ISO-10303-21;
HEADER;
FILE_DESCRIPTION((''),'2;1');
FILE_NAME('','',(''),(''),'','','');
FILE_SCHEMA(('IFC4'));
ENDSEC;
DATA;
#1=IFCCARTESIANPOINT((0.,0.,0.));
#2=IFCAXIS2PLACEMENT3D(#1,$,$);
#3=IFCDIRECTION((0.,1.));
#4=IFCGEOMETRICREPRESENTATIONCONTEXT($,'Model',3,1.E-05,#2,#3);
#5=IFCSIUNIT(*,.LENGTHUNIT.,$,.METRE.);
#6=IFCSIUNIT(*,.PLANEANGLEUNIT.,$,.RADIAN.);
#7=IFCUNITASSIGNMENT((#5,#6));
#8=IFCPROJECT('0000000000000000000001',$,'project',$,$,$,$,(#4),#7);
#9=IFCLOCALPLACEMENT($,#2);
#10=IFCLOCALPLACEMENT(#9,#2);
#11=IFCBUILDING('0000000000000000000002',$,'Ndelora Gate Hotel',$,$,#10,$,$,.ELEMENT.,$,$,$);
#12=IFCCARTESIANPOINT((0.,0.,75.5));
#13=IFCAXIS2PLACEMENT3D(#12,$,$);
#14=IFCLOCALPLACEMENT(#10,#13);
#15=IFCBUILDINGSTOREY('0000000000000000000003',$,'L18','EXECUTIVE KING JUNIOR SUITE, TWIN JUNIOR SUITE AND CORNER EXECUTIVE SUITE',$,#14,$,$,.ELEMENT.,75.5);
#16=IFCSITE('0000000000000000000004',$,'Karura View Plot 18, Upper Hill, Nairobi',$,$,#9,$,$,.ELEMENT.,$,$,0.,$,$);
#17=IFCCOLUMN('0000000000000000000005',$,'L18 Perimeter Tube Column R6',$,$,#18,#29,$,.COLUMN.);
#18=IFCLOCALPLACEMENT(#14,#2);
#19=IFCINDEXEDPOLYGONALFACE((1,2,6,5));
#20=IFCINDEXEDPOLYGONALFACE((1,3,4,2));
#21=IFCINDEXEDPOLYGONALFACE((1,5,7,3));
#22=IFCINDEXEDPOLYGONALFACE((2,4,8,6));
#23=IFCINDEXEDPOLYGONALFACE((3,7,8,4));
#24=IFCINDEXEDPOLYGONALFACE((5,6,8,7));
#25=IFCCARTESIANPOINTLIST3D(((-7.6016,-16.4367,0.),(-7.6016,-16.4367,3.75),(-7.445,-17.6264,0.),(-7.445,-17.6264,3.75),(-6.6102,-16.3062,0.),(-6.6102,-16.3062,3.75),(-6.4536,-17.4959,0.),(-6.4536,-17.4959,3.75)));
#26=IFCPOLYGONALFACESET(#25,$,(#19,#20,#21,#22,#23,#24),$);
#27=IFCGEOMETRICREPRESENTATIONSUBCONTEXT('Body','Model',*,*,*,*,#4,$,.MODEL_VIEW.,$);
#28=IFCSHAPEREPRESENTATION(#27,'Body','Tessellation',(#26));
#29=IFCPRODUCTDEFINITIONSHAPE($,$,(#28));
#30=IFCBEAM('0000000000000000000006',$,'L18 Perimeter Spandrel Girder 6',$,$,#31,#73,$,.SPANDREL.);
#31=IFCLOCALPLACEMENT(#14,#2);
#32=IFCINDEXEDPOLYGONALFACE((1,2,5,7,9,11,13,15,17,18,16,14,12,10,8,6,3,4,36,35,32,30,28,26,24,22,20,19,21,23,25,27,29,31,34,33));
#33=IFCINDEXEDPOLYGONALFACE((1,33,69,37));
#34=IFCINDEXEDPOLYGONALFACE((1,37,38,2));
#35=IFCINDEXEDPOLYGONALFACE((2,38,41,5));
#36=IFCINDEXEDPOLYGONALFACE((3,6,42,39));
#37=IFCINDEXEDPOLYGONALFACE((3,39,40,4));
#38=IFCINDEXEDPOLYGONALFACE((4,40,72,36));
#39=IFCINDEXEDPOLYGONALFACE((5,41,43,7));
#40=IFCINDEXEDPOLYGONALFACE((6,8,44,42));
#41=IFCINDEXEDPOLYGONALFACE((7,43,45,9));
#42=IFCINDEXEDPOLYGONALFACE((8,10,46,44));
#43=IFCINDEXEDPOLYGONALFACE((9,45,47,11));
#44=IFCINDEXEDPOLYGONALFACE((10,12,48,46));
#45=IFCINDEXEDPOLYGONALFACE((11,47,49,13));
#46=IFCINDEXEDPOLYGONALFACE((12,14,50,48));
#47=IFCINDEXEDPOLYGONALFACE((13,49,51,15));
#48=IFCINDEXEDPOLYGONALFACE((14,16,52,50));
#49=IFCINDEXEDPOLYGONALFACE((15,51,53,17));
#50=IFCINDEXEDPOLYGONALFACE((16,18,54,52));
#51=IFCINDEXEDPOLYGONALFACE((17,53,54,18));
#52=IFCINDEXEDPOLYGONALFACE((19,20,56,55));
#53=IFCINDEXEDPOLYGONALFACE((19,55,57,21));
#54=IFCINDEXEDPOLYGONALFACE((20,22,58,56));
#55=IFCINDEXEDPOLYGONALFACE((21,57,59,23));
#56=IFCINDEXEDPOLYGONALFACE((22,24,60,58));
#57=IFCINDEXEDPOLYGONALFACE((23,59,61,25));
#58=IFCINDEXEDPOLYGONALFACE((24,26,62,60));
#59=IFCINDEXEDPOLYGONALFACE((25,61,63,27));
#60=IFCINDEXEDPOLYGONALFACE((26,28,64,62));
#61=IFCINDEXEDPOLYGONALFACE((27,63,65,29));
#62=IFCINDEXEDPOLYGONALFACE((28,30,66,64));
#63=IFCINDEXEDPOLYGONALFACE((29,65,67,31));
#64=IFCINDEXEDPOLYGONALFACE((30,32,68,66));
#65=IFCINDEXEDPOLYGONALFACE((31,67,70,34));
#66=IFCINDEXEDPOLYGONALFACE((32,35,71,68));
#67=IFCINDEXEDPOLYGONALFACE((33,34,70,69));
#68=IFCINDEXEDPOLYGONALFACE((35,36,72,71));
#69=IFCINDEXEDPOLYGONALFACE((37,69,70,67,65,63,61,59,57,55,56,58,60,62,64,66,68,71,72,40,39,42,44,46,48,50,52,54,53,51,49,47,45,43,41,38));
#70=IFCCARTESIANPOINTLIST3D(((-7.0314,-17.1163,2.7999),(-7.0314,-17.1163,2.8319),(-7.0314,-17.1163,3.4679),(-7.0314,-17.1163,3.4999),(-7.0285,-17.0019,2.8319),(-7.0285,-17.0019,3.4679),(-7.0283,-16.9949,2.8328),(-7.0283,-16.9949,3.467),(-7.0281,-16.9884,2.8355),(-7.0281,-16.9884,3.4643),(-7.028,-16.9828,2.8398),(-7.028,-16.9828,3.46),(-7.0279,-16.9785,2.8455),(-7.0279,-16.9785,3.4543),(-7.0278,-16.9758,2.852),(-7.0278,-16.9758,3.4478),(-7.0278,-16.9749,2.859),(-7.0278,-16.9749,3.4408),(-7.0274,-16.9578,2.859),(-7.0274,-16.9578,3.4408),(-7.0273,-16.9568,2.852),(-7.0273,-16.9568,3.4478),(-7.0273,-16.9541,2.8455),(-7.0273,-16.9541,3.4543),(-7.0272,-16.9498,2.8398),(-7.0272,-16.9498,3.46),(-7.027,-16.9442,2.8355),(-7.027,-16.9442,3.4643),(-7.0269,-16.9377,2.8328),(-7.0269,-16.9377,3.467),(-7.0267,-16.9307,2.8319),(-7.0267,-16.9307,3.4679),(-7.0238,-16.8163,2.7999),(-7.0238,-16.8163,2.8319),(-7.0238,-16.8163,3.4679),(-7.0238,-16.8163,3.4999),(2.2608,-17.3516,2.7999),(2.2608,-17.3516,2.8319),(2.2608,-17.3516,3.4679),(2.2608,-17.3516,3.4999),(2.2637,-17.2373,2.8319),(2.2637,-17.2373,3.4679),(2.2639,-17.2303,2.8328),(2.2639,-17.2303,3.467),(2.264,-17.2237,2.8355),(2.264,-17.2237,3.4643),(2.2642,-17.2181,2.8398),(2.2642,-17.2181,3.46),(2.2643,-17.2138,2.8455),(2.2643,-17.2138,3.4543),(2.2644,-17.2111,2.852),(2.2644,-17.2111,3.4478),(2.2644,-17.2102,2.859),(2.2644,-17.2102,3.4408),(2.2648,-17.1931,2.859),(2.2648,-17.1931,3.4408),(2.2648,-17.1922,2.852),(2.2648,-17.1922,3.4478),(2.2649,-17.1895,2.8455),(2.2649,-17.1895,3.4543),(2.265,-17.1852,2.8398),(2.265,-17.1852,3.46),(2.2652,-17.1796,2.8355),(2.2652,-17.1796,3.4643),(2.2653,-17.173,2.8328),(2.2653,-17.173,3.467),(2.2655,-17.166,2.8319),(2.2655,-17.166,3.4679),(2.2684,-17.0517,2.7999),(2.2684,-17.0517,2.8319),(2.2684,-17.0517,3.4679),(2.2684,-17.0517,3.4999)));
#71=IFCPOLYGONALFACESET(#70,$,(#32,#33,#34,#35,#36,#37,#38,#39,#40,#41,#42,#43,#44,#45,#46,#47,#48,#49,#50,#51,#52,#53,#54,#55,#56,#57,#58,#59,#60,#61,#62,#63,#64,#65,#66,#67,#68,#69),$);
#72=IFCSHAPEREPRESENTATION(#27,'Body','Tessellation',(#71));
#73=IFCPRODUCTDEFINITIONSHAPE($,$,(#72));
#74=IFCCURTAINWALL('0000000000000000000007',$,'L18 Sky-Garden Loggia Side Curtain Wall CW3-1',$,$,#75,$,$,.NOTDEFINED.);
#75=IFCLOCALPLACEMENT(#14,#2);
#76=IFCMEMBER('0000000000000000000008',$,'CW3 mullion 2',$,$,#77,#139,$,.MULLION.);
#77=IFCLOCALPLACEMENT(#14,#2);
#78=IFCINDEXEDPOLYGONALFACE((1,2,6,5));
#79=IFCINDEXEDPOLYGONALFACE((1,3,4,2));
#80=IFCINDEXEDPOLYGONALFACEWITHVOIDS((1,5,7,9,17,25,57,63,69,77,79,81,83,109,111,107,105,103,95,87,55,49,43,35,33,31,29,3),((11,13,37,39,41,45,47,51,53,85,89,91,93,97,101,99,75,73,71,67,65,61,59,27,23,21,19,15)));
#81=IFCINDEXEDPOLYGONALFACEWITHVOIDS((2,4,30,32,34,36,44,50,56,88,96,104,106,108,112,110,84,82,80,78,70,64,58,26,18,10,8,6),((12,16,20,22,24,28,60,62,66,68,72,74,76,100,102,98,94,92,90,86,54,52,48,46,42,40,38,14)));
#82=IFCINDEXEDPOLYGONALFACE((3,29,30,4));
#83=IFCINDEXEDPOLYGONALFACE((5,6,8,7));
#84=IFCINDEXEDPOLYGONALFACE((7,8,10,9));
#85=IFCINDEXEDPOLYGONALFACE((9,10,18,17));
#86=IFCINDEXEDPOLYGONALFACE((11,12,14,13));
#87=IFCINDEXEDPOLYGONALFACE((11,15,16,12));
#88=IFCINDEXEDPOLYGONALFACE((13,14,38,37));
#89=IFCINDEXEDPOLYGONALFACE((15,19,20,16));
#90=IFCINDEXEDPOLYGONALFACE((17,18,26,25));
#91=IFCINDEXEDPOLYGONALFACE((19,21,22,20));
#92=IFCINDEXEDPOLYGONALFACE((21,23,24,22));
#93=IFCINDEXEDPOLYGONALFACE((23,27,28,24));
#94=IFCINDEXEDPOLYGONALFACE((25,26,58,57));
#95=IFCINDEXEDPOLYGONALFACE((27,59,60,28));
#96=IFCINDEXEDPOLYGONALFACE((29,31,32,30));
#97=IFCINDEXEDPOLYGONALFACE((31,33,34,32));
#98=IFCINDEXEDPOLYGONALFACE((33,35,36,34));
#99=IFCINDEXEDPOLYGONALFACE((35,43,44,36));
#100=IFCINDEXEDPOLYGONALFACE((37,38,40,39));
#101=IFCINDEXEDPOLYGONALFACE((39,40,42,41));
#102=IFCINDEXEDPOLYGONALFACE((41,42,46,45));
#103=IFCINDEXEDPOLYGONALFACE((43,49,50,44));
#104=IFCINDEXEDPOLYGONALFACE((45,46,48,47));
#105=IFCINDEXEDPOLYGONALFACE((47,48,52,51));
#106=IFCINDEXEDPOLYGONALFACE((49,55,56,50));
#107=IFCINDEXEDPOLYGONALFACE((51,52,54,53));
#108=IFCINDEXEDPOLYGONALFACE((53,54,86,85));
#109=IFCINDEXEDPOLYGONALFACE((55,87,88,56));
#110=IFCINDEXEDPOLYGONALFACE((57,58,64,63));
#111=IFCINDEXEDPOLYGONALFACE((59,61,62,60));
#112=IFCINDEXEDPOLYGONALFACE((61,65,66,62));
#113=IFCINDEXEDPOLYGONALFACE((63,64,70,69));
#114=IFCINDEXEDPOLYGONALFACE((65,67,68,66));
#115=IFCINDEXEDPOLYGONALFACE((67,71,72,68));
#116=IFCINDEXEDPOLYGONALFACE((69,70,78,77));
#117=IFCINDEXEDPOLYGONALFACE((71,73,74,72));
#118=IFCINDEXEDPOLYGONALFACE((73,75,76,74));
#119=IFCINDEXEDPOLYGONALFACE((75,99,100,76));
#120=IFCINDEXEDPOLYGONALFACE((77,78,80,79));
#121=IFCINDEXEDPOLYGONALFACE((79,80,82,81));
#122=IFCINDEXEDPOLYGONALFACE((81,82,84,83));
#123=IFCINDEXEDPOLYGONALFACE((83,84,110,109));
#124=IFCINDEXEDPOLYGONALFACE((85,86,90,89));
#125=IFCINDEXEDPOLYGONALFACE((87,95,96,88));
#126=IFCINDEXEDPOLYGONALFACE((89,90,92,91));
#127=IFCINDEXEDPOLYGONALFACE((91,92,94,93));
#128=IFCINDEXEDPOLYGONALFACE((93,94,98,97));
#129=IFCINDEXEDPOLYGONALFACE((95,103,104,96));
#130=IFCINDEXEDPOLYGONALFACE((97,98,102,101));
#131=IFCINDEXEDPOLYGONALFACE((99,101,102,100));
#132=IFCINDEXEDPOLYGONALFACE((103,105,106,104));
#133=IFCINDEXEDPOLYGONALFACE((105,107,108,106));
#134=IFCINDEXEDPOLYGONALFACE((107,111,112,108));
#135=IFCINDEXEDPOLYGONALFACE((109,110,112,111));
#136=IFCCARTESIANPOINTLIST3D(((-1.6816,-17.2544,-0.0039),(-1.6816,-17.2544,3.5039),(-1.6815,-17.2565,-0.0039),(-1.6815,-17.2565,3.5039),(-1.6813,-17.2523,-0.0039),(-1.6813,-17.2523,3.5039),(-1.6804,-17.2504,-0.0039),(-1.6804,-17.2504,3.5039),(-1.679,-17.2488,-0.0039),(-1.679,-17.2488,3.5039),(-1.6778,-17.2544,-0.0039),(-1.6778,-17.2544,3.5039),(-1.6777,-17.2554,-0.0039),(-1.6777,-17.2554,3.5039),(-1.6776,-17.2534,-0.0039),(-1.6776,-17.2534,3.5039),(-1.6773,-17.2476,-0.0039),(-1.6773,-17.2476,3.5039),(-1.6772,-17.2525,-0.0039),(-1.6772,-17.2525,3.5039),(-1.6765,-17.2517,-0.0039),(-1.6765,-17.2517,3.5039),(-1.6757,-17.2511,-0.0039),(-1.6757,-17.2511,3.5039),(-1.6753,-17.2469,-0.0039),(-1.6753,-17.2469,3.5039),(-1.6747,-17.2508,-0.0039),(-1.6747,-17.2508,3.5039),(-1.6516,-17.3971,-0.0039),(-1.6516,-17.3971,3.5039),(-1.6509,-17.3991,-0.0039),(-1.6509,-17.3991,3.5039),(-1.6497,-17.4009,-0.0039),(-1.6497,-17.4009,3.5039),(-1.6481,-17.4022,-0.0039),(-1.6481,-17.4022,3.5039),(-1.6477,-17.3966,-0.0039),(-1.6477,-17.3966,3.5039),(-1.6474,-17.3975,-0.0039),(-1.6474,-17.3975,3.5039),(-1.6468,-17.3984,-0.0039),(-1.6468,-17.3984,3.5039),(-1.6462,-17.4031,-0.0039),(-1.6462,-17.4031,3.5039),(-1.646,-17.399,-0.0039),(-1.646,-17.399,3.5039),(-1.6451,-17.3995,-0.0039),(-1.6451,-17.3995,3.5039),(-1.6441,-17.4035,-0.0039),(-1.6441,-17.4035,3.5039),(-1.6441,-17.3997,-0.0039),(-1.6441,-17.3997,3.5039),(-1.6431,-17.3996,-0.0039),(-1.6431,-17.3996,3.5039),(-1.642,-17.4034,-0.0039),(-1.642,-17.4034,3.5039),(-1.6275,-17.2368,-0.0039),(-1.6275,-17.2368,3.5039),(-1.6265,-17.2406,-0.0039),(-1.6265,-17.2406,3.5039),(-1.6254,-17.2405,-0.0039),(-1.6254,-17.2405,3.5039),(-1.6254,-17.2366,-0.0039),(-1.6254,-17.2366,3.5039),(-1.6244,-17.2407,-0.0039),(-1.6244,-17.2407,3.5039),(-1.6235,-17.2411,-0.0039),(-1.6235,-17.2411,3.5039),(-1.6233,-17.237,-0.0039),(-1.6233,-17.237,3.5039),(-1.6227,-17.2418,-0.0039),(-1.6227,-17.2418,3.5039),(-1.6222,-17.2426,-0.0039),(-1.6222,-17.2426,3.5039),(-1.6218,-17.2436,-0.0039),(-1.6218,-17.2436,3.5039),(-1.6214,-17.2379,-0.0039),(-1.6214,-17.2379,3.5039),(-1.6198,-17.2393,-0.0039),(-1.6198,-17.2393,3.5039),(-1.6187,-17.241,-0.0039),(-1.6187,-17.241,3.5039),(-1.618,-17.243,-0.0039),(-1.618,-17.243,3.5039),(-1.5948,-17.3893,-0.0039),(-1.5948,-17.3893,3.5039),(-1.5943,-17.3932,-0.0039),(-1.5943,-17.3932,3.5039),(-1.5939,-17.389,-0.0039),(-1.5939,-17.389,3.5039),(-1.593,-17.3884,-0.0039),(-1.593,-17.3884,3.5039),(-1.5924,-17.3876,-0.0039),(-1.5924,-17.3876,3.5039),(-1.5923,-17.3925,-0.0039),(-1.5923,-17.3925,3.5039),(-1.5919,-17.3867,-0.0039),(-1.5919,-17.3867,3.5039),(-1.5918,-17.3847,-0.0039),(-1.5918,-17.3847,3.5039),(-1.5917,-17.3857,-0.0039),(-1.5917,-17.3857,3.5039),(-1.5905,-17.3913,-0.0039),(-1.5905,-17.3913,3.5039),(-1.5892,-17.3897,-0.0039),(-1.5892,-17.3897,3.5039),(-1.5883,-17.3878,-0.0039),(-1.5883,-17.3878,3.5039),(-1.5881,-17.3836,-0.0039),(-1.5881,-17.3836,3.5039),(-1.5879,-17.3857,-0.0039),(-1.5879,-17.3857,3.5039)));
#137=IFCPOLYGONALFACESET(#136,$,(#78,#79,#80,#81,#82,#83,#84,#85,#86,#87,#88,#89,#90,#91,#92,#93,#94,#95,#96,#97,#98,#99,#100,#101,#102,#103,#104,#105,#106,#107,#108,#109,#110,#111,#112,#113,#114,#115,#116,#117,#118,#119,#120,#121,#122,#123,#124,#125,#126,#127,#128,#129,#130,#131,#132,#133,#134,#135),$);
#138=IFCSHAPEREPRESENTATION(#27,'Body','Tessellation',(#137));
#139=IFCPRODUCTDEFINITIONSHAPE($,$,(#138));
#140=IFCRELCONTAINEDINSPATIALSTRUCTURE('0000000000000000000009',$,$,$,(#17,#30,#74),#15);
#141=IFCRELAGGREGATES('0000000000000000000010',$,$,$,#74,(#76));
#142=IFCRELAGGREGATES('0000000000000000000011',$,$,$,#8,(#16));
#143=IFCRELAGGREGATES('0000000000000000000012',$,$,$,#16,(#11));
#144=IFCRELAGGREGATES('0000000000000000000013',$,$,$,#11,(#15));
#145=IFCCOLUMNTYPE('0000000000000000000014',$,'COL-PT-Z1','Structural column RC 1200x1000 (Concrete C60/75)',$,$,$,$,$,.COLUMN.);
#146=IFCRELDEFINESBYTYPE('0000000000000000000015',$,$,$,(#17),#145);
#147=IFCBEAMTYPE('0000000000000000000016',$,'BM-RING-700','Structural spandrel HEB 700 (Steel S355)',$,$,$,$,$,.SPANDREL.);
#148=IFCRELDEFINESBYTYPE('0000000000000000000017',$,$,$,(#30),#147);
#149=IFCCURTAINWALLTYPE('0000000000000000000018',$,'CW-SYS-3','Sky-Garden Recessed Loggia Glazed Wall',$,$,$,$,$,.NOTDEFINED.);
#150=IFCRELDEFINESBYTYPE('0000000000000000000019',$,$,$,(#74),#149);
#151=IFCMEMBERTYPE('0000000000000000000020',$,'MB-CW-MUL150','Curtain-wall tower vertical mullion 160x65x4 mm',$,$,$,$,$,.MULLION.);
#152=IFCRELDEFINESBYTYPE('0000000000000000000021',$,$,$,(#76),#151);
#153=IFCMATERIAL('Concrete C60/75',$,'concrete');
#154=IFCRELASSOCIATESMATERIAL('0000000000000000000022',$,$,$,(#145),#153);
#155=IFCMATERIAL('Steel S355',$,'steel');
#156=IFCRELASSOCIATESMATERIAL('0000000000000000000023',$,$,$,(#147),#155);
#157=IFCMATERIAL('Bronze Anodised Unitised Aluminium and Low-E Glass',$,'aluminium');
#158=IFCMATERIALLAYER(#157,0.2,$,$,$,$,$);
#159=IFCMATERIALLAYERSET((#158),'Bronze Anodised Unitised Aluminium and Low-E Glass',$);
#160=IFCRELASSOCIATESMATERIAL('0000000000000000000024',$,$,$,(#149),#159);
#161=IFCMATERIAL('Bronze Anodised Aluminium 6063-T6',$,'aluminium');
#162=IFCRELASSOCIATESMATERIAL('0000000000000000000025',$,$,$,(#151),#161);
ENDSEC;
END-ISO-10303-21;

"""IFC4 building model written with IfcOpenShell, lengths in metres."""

from ifc_helpers import new_model, si_unit, direction, frame, origin, origin_2d, place, context, subcontext, project, spatial, rectangle, hollow_rectangle, i_section, extrude, material, layer, layer_set, material_profile, profile_set, type_object, element, aggregate, save


model = new_model("IFC4")

# Units and contexts
model_context = context("Model", 3, precision=1e-05, world=origin(), true_north=direction((0.0, 1.0)))
body_context = subcontext(model_context, "Body", "Model", "MODEL_VIEW")
ifc_project = project(units=[si_unit("LENGTHUNIT", "METRE"), si_unit("PLANEANGLEUNIT", "RADIAN")], contexts=[model_context])

# Site, building, storey
site_placement = place(None, origin())
site = spatial("IfcSite", under=ifc_project, at=site_placement, Name="Karura View Plot 18, Upper Hill, Nairobi", CompositionType="ELEMENT", RefElevation=0.0)
building_placement = place(site_placement, origin())
building = spatial("IfcBuilding", under=site, at=building_placement, Name="Ndelora Gate Hotel", CompositionType="ELEMENT")
storey_placement = place(building_placement, frame((0.0, 0.0, 75.5)))
storey = spatial("IfcBuildingStorey", under=building, at=storey_placement, Name="L18", Description="EXECUTIVE KING JUNIOR SUITE, TWIN JUNIOR SUITE AND CORNER EXECUTIVE SUITE", CompositionType="ELEMENT", Elevation=75.5)

# Column
ifc_material_1 = material(Name="Concrete C60/75", Category="concrete")
ifc_material_profile_1 = material_profile(ifc_material_1, rectangle(XDim=1.0, YDim=1.2, at=origin_2d()), Name="RC 1200x1000")
ifc_profile_set_1 = profile_set([ifc_material_profile_1], Name="Concrete C60/75")
column_type = type_object("IfcColumnType", Name="COL-PT-Z1", Description="Structural column RC 1200x1000 (Concrete C60/75)", PredefinedType="COLUMN", material=ifc_profile_set_1)
column_placement = place(storey_placement, frame((-7.0276, -16.9663, 0.0), z_axis=(0.0, 0.0, 1.0), x_axis=(0.991445, 0.130526, 0.0)))
element("IfcColumn", 1, at=column_placement, inside=storey, type_object=column_type, Name="L18 Perimeter Tube Column R6", PredefinedType="COLUMN", context=body_context, shape_type="SweptSolid", body=[
    extrude(rectangle(XDim=1.0, YDim=1.2, at=origin_2d()), origin(), (0.0, 0.0, 1.0), 3.75),
])

# Beam
ifc_material_2 = material(Name="Steel S355", Category="steel")
ifc_material_profile_2 = material_profile(ifc_material_2, i_section(OverallWidth=0.3, OverallDepth=0.7, WebThickness=0.0171, FlangeThickness=0.032, FilletRadius=0.0271, at=origin_2d()), Name="HEB 700")
ifc_profile_set_2 = profile_set([ifc_material_profile_2], Name="Steel S355")
beam_type = type_object("IfcBeamType", Name="BM-RING-700", Description="Structural spandrel HEB 700 (Steel S355)", PredefinedType="SPANDREL", material=ifc_profile_set_2)
beam_placement = place(storey_placement, frame((-7.0276, -16.9663, 3.1499), z_axis=(0.999679, -0.02532, 0.0), x_axis=(0.02532, 0.999679, 0.0)))
element("IfcBeam", 2, at=beam_placement, inside=storey, type_object=beam_type, Name="L18 Perimeter Spandrel Girder 6", PredefinedType="SPANDREL", context=body_context, shape_type="SweptSolid", body=[
    extrude(i_section(OverallWidth=0.3, OverallDepth=0.7, WebThickness=0.0171, FlangeThickness=0.032, FilletRadius=0.0271, at=origin_2d()), origin(), (0.0, 0.0, 1.0), 9.2952),
])

# Curtain wall, member
ifc_material_3 = material(Name="Bronze Anodised Unitised Aluminium and Low-E Glass", Category="aluminium")
ifc_layer_1 = layer(ifc_material_3, 0.2)
ifc_layer_set_1 = layer_set([ifc_layer_1], Name="Bronze Anodised Unitised Aluminium and Low-E Glass")
curtain_wall_type = type_object("IfcCurtainWallType", Name="CW-SYS-3", Description="Sky-Garden Recessed Loggia Glazed Wall", PredefinedType="NOTDEFINED", material=ifc_layer_set_1)
curtain_wall_placement = place(storey_placement, origin())
curtain_wall = element("IfcCurtainWall", 3, at=curtain_wall_placement, inside=storey, type_object=curtain_wall_type, Name="L18 Sky-Garden Loggia Side Curtain Wall CW3-1", PredefinedType="NOTDEFINED")
ifc_material_4 = material(Name="Bronze Anodised Aluminium 6063-T6", Category="aluminium")
ifc_material_profile_3 = material_profile(ifc_material_4, hollow_rectangle(XDim=0.0649, YDim=0.1599, WallThickness=0.0039, InnerFilletRadius=0.0039, OuterFilletRadius=0.0081, at=origin_2d()), Name="ALU 160x65x4")
ifc_profile_set_3 = profile_set([ifc_material_profile_3], Name="Bronze Anodised Aluminium 6063-T6")
member_type_1 = type_object("IfcMemberType", Name="MB-CW-MUL150", Description="Curtain-wall tower vertical mullion 160x65x4 mm", PredefinedType="MULLION", material=ifc_profile_set_3)
member_1_placement = place(storey_placement, frame((-1.6348, -17.3201, -0.0039), z_axis=(0.0, 0.0, 1.0), x_axis=(0.978148, 0.207911, 0.0)))
member_1 = element("IfcMember", 4, at=member_1_placement, type_object=member_type_1, Name="CW3 mullion 2", PredefinedType="MULLION", context=body_context, shape_type="SweptSolid", body=[
    extrude(hollow_rectangle(XDim=0.0649, YDim=0.1599, WallThickness=0.0039, InnerFilletRadius=0.0039, OuterFilletRadius=0.0081, at=origin_2d()), origin(), (0.0, 0.0, 1.0), 3.5078),
])
aggregate(curtain_wall, [member_1])

save(model, "model.ifc")
